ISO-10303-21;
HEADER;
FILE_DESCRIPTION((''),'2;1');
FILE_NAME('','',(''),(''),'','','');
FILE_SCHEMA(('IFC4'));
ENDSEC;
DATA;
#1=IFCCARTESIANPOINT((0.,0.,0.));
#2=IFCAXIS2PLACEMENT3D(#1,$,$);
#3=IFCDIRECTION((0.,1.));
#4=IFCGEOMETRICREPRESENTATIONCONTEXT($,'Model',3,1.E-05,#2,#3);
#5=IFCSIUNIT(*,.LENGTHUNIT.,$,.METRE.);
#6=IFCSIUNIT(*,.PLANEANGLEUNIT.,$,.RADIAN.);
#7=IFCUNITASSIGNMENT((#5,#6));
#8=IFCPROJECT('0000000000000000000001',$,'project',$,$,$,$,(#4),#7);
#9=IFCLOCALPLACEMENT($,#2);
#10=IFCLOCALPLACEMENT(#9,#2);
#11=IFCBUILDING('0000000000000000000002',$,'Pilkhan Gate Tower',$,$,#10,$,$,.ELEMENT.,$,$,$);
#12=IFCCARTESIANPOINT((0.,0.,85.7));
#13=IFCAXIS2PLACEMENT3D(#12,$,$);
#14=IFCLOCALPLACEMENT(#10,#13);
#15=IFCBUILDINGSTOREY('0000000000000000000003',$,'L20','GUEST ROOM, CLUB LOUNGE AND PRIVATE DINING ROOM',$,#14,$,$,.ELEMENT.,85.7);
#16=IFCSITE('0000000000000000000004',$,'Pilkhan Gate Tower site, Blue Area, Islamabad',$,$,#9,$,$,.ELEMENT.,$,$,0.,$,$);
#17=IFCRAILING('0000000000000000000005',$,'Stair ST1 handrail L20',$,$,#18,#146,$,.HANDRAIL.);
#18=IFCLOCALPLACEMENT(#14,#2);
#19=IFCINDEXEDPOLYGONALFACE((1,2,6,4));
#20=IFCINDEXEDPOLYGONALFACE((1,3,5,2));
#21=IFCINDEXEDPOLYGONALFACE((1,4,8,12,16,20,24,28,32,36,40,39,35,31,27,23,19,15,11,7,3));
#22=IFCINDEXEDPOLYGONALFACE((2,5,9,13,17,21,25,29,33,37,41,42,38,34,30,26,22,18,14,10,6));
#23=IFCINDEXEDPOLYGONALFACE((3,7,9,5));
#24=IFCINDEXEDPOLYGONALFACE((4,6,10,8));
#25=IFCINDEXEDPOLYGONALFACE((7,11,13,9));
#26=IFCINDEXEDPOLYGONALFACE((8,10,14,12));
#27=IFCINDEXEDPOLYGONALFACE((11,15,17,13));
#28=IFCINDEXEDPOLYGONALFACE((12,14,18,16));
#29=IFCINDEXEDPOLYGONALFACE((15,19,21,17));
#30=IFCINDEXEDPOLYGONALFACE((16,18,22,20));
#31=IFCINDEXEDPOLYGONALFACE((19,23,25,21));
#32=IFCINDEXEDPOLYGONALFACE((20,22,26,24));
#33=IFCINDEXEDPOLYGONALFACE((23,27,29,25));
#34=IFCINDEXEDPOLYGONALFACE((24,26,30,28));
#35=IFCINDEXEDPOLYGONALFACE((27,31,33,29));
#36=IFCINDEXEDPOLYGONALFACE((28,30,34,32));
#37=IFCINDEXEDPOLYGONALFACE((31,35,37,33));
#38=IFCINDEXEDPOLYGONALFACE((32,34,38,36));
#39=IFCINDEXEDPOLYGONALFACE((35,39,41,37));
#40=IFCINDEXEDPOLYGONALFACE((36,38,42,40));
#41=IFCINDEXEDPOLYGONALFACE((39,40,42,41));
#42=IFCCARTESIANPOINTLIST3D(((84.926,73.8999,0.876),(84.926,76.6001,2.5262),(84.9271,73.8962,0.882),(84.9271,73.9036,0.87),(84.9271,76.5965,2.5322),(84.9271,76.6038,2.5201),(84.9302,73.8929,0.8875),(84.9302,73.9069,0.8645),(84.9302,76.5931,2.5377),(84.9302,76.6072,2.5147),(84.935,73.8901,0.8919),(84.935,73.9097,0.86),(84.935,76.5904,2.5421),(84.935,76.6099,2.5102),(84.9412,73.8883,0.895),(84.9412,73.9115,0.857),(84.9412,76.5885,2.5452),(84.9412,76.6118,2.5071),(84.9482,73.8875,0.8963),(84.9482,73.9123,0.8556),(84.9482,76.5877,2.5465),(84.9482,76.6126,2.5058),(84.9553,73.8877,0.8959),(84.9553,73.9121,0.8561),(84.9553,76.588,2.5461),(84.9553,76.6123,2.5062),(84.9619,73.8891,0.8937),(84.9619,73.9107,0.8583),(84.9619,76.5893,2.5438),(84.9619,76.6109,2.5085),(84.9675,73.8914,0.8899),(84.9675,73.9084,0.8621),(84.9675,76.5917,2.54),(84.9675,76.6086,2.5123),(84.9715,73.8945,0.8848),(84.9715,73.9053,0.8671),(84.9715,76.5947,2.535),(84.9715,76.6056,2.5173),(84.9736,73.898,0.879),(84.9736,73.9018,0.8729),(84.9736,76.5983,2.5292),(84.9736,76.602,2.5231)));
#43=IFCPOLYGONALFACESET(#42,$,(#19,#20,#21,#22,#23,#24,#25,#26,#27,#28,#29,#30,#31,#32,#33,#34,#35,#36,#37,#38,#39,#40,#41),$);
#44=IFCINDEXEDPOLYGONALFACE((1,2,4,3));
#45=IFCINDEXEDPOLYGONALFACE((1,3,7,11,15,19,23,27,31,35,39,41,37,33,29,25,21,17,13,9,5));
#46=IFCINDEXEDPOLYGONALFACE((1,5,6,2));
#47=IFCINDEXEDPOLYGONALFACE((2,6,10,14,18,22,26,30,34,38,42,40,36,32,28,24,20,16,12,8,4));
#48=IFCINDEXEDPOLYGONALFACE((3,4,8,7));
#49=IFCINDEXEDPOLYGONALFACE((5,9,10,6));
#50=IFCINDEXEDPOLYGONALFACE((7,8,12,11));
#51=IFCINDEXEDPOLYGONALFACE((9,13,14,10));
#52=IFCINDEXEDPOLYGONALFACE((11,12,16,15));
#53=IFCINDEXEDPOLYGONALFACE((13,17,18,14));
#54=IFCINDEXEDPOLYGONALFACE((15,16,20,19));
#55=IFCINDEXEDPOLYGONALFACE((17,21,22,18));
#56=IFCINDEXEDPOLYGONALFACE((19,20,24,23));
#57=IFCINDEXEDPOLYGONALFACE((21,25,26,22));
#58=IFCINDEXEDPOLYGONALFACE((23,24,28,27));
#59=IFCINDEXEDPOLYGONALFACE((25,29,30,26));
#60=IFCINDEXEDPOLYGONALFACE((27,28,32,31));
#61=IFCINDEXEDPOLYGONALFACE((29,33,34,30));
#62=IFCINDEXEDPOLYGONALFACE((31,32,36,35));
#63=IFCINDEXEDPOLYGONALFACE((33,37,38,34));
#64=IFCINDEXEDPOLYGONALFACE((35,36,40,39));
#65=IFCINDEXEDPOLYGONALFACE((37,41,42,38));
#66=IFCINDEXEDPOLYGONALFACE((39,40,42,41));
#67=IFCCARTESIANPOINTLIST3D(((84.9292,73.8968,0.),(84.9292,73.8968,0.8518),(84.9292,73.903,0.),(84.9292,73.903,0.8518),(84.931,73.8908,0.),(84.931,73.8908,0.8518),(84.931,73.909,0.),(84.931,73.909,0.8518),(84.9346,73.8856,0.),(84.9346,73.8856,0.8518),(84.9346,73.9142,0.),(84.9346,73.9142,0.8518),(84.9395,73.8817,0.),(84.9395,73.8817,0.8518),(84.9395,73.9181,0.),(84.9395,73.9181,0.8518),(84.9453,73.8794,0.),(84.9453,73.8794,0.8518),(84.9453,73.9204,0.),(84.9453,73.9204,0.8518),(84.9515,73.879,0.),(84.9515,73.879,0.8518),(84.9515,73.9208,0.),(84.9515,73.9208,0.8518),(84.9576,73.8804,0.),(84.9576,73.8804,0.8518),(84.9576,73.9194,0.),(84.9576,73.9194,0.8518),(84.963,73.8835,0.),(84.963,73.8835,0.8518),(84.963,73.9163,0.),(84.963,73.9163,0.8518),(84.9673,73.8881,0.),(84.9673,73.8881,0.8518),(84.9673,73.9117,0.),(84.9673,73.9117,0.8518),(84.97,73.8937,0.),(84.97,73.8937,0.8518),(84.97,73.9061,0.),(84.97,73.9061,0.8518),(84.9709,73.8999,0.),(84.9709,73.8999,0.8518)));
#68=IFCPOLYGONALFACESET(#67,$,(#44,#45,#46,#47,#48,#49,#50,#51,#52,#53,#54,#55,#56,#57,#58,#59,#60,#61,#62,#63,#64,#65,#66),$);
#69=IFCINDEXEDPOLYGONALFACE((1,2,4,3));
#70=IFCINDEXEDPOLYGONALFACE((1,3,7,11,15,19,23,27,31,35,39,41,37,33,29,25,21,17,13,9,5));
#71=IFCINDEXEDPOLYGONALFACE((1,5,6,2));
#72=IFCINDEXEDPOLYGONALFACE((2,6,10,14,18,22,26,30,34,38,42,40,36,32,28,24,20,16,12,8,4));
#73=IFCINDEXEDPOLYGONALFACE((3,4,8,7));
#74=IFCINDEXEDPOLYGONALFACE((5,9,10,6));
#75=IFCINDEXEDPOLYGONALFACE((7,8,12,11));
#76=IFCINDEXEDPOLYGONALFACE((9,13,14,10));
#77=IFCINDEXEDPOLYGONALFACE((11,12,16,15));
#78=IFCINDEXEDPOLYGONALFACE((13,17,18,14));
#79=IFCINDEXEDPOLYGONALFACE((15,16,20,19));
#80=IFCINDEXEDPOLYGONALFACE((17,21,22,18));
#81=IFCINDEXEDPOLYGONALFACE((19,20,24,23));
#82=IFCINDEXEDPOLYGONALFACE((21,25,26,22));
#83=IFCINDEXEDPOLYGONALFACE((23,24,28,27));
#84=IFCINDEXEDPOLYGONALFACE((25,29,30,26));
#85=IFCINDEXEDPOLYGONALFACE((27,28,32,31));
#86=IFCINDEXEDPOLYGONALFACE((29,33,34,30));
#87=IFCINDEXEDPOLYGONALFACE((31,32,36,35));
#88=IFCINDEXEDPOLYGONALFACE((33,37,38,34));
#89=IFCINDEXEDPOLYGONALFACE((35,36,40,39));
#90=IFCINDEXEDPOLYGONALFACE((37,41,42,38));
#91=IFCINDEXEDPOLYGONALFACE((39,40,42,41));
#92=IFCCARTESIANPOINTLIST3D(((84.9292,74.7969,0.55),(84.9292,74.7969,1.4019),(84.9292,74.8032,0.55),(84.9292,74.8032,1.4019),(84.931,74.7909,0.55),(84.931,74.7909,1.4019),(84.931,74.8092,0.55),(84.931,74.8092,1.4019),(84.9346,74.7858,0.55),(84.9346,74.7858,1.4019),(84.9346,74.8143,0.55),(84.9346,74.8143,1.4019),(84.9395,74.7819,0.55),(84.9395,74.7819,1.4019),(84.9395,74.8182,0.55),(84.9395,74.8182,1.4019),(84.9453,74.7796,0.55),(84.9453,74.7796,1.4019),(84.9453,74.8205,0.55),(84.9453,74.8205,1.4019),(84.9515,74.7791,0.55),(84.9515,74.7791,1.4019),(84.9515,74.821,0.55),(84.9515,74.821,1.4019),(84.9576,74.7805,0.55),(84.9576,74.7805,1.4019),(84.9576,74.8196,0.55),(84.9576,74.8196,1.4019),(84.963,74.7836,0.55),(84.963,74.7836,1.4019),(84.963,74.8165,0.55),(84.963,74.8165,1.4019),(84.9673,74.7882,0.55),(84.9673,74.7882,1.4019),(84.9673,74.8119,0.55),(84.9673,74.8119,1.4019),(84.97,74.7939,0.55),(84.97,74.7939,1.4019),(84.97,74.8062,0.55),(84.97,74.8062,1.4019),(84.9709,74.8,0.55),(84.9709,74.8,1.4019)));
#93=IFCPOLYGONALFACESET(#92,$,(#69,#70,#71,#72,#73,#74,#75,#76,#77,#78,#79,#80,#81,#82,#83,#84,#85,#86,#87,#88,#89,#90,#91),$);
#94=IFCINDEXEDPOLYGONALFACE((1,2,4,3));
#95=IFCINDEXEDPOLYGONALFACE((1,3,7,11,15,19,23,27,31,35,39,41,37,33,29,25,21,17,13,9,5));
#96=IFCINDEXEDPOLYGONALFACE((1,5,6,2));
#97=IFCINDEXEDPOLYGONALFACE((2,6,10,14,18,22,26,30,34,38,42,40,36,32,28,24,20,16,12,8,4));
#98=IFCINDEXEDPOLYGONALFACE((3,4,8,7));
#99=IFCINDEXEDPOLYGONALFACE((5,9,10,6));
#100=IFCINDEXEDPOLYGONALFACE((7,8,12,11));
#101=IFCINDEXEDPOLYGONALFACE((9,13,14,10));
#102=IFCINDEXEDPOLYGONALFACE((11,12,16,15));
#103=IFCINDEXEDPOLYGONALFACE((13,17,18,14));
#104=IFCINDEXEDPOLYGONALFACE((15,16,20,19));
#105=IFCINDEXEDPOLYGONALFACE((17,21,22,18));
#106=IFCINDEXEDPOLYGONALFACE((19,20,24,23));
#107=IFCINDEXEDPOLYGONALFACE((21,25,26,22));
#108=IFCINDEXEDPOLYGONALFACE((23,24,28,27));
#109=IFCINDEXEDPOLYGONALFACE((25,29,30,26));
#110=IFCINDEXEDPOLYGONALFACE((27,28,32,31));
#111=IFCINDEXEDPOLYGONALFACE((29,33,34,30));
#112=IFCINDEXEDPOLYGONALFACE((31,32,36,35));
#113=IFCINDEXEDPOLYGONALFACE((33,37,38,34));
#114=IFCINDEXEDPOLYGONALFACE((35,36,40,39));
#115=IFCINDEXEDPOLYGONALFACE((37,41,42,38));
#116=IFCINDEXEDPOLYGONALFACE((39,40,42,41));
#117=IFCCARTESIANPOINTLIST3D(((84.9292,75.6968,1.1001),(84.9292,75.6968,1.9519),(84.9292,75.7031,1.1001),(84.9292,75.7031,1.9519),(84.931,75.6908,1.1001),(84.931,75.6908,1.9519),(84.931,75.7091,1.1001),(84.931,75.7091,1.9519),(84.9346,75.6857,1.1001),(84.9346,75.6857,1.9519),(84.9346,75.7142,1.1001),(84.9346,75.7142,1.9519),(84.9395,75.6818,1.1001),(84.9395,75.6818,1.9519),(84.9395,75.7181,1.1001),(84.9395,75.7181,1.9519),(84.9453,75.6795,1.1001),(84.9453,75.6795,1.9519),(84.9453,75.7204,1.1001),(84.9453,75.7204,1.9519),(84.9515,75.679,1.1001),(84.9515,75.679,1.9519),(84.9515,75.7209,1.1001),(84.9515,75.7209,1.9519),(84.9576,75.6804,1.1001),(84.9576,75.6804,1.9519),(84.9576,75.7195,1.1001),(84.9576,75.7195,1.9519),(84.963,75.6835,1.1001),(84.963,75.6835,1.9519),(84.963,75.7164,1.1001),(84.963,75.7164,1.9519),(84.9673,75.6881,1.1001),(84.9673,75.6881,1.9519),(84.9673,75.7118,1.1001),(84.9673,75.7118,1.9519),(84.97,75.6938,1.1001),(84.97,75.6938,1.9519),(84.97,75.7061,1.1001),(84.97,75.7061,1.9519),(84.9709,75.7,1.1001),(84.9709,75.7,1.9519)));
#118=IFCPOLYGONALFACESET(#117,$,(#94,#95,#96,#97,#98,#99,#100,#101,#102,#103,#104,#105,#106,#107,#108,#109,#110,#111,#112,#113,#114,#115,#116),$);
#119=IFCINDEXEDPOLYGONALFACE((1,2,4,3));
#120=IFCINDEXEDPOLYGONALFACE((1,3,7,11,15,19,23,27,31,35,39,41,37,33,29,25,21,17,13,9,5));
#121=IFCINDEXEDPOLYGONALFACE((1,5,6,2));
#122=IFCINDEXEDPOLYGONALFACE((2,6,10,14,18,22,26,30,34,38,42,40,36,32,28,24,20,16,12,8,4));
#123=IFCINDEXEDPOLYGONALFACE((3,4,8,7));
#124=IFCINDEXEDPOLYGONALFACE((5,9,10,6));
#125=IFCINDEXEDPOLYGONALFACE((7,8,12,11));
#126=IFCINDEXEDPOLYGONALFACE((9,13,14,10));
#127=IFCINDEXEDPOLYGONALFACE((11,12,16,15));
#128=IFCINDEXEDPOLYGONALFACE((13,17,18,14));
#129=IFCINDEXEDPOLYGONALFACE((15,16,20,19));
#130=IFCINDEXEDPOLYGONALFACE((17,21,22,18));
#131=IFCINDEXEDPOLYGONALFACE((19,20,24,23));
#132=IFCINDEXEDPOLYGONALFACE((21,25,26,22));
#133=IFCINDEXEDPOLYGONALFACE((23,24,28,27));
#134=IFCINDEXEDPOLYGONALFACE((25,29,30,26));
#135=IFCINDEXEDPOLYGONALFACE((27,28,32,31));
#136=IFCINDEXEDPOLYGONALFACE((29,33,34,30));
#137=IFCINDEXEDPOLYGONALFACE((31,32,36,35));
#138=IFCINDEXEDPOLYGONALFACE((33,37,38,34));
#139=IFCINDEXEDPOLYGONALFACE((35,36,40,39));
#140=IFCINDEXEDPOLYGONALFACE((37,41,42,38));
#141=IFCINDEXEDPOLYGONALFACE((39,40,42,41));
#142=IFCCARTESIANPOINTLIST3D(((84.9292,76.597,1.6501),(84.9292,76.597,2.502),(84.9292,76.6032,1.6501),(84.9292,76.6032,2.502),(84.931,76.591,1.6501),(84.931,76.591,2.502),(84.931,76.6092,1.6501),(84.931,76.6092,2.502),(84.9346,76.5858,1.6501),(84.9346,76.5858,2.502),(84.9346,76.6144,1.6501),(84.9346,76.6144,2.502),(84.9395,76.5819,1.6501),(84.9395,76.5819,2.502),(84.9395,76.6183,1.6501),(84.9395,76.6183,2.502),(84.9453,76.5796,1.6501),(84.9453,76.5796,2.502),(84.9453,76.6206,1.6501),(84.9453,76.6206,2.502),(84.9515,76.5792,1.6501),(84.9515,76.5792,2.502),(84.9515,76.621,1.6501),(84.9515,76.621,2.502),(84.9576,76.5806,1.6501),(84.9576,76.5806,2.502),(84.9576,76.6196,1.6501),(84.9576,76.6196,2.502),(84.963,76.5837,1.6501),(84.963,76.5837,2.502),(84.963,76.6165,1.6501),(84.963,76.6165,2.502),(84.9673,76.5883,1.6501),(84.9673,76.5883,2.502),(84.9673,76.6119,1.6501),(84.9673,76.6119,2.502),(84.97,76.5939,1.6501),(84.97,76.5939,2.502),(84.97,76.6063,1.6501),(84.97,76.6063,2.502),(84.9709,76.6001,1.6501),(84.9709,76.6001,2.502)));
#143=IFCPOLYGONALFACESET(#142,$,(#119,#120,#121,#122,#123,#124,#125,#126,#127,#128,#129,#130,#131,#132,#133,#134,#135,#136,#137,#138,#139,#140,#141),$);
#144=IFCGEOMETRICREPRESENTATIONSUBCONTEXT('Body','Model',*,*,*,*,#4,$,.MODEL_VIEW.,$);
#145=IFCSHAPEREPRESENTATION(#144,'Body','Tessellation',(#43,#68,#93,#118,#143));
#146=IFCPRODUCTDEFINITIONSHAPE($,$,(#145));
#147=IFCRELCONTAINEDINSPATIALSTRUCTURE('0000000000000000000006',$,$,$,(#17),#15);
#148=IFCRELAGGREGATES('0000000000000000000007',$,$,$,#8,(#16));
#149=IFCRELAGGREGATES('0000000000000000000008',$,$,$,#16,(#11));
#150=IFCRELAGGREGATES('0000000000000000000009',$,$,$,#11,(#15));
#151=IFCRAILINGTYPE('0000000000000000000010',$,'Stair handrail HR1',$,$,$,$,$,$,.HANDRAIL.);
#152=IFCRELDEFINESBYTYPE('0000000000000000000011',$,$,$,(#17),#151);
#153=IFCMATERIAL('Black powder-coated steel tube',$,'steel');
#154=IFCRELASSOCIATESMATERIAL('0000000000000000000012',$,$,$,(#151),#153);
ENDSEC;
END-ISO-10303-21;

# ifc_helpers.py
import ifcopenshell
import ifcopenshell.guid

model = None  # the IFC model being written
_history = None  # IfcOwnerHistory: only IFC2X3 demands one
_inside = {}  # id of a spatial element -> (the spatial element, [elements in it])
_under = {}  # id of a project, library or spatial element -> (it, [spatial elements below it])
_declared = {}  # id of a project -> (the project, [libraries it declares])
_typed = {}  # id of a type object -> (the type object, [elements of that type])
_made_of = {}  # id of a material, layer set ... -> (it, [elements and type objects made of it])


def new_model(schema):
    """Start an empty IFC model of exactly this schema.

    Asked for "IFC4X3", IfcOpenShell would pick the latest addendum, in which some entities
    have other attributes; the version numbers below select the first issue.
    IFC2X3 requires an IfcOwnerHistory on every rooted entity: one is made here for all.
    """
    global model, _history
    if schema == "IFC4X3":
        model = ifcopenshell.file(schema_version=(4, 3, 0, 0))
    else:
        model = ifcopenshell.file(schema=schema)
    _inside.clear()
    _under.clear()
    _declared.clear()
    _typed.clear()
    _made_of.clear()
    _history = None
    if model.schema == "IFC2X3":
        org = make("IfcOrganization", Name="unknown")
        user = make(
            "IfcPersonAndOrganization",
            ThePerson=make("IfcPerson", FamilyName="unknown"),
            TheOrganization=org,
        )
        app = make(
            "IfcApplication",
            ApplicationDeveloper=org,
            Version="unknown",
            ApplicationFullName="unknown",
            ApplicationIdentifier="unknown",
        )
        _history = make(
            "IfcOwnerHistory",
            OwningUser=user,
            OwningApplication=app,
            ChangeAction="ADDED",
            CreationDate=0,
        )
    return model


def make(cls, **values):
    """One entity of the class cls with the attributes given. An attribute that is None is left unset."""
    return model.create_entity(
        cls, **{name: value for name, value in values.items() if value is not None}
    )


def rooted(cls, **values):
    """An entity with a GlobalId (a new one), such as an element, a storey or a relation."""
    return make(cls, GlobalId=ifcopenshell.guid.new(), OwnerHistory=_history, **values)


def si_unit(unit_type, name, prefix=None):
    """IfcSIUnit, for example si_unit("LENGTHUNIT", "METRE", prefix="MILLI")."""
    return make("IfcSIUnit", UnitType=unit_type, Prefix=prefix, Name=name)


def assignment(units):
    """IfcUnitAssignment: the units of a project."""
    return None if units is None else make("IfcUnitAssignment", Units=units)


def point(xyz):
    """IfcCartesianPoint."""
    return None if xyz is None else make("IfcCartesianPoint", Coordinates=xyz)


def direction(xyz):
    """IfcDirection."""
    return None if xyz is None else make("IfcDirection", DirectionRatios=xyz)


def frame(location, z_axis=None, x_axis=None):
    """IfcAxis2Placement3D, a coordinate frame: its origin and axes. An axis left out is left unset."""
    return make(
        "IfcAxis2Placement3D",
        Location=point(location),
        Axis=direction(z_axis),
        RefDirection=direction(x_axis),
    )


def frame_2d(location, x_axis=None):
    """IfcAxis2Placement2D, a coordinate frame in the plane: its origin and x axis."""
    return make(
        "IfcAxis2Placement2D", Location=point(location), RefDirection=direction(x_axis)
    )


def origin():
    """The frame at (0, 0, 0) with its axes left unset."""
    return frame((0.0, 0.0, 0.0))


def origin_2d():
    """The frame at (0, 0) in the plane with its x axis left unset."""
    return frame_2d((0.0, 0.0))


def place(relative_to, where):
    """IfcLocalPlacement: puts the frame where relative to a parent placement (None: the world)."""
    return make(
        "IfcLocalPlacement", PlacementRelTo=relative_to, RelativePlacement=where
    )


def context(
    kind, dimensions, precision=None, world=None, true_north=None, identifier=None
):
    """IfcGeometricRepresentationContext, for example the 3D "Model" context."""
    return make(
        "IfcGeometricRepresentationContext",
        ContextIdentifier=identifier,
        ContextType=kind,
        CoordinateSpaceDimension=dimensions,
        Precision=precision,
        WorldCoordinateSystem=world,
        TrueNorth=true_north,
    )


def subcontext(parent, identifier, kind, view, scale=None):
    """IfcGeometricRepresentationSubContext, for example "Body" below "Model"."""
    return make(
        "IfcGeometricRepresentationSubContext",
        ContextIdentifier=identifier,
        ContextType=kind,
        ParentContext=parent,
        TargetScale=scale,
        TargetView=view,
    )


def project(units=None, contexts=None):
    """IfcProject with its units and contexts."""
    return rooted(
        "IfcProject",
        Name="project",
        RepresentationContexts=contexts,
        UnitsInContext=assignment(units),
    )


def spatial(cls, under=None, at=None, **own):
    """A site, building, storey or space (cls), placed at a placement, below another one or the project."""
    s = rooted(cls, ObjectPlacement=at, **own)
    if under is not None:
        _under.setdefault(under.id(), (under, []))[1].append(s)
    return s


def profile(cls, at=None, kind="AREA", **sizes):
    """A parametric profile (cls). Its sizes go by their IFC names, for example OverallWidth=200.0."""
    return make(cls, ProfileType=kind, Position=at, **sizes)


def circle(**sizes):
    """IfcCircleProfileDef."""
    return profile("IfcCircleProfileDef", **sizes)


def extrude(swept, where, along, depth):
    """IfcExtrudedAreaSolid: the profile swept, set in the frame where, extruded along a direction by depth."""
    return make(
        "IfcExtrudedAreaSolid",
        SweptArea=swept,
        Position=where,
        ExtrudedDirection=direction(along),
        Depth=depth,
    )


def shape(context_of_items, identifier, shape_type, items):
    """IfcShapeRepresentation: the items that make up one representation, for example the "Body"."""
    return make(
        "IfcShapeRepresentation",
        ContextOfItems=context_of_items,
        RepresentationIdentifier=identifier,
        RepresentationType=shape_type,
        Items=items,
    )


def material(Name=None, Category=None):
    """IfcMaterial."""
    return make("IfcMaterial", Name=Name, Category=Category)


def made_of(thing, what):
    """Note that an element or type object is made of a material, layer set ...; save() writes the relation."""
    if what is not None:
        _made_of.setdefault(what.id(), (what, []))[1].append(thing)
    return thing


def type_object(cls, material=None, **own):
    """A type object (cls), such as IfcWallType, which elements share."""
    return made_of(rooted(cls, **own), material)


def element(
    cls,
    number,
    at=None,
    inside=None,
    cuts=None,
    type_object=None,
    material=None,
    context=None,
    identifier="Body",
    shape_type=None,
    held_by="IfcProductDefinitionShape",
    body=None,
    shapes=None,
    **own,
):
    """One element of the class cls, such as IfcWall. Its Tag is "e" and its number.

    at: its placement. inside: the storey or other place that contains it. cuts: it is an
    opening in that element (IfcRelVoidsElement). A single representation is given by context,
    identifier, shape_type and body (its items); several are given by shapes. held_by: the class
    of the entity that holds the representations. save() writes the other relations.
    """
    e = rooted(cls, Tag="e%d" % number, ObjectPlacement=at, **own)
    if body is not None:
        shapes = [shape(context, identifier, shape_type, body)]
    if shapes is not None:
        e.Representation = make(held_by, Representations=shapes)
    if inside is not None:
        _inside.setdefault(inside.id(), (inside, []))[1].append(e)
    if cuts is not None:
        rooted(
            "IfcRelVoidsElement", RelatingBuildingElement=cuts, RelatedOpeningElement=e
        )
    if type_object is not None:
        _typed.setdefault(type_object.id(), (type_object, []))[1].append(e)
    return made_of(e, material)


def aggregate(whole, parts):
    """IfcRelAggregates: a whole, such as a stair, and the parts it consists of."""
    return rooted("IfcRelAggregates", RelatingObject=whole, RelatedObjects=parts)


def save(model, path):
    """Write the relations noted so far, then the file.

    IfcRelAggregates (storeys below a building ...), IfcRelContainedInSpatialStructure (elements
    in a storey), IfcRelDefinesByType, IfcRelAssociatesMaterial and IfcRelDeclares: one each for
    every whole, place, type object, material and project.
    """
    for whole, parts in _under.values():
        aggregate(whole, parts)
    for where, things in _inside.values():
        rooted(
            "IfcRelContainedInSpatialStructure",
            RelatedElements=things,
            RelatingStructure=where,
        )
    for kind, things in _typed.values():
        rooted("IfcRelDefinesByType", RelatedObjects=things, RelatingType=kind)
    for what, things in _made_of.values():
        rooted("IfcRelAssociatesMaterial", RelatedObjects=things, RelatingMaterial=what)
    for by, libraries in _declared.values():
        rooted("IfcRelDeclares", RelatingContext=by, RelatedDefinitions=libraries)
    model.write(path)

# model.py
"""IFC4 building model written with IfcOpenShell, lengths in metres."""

from ifc_helpers import new_model, si_unit, direction, frame, origin, origin_2d, place, context, subcontext, project, spatial, circle, extrude, material, type_object, element, save


model = new_model("IFC4")

# Units and contexts
model_context = context("Model", 3, precision=1e-05, world=origin(), true_north=direction((0.0, 1.0)))
body_context = subcontext(model_context, "Body", "Model", "MODEL_VIEW")
ifc_project = project(units=[si_unit("LENGTHUNIT", "METRE"), si_unit("PLANEANGLEUNIT", "RADIAN")], contexts=[model_context])

# Site, building, storey
site_placement = place(None, origin())
site = spatial("IfcSite", under=ifc_project, at=site_placement, Name="Pilkhan Gate Tower site, Blue Area, Islamabad", CompositionType="ELEMENT", RefElevation=0.0)
building_placement = place(site_placement, origin())
building = spatial("IfcBuilding", under=site, at=building_placement, Name="Pilkhan Gate Tower", CompositionType="ELEMENT")
storey_placement = place(building_placement, frame((0.0, 0.0, 85.7)))
storey = spatial("IfcBuildingStorey", under=building, at=storey_placement, Name="L20", Description="GUEST ROOM, CLUB LOUNGE AND PRIVATE DINING ROOM", CompositionType="ELEMENT", Elevation=85.7)

# Railing
ifc_material_1 = material(Name="Black powder-coated steel tube", Category="steel")
railing_type_1 = type_object("IfcRailingType", Name="Stair handrail HR1", PredefinedType="HANDRAIL", material=ifc_material_1)
railing_1_placement = place(storey_placement, frame((84.95, 73.8999, 0.0)))
element("IfcRailing", 1, at=railing_1_placement, inside=storey, type_object=railing_type_1, Name="Stair ST1 handrail L20", PredefinedType="HANDRAIL", context=body_context, shape_type="SweptSolid", body=[
    extrude(circle(Radius=0.0239, at=origin_2d()), frame((0.0, 0.0, 0.876), z_axis=(0.0, 0.853278, 0.521456), x_axis=(-1.0, 0.0, 0.0)), (0.0, 0.0, 1.0), 3.1646),
    extrude(circle(Radius=0.021, at=origin_2d()), origin(), (0.0, 0.0, 1.0), 0.8518),
    extrude(circle(Radius=0.021, at=origin_2d()), frame((0.0, 0.9001, 0.55)), (0.0, 0.0, 1.0), 0.8518),
    extrude(circle(Radius=0.021, at=origin_2d()), frame((0.0, 1.8, 1.1001)), (0.0, 0.0, 1.0), 0.8518),
    extrude(circle(Radius=0.021, at=origin_2d()), frame((0.0, 2.7002, 1.6501)), (0.0, 0.0, 1.0), 0.8518),
])

save(model, "model.ifc")
